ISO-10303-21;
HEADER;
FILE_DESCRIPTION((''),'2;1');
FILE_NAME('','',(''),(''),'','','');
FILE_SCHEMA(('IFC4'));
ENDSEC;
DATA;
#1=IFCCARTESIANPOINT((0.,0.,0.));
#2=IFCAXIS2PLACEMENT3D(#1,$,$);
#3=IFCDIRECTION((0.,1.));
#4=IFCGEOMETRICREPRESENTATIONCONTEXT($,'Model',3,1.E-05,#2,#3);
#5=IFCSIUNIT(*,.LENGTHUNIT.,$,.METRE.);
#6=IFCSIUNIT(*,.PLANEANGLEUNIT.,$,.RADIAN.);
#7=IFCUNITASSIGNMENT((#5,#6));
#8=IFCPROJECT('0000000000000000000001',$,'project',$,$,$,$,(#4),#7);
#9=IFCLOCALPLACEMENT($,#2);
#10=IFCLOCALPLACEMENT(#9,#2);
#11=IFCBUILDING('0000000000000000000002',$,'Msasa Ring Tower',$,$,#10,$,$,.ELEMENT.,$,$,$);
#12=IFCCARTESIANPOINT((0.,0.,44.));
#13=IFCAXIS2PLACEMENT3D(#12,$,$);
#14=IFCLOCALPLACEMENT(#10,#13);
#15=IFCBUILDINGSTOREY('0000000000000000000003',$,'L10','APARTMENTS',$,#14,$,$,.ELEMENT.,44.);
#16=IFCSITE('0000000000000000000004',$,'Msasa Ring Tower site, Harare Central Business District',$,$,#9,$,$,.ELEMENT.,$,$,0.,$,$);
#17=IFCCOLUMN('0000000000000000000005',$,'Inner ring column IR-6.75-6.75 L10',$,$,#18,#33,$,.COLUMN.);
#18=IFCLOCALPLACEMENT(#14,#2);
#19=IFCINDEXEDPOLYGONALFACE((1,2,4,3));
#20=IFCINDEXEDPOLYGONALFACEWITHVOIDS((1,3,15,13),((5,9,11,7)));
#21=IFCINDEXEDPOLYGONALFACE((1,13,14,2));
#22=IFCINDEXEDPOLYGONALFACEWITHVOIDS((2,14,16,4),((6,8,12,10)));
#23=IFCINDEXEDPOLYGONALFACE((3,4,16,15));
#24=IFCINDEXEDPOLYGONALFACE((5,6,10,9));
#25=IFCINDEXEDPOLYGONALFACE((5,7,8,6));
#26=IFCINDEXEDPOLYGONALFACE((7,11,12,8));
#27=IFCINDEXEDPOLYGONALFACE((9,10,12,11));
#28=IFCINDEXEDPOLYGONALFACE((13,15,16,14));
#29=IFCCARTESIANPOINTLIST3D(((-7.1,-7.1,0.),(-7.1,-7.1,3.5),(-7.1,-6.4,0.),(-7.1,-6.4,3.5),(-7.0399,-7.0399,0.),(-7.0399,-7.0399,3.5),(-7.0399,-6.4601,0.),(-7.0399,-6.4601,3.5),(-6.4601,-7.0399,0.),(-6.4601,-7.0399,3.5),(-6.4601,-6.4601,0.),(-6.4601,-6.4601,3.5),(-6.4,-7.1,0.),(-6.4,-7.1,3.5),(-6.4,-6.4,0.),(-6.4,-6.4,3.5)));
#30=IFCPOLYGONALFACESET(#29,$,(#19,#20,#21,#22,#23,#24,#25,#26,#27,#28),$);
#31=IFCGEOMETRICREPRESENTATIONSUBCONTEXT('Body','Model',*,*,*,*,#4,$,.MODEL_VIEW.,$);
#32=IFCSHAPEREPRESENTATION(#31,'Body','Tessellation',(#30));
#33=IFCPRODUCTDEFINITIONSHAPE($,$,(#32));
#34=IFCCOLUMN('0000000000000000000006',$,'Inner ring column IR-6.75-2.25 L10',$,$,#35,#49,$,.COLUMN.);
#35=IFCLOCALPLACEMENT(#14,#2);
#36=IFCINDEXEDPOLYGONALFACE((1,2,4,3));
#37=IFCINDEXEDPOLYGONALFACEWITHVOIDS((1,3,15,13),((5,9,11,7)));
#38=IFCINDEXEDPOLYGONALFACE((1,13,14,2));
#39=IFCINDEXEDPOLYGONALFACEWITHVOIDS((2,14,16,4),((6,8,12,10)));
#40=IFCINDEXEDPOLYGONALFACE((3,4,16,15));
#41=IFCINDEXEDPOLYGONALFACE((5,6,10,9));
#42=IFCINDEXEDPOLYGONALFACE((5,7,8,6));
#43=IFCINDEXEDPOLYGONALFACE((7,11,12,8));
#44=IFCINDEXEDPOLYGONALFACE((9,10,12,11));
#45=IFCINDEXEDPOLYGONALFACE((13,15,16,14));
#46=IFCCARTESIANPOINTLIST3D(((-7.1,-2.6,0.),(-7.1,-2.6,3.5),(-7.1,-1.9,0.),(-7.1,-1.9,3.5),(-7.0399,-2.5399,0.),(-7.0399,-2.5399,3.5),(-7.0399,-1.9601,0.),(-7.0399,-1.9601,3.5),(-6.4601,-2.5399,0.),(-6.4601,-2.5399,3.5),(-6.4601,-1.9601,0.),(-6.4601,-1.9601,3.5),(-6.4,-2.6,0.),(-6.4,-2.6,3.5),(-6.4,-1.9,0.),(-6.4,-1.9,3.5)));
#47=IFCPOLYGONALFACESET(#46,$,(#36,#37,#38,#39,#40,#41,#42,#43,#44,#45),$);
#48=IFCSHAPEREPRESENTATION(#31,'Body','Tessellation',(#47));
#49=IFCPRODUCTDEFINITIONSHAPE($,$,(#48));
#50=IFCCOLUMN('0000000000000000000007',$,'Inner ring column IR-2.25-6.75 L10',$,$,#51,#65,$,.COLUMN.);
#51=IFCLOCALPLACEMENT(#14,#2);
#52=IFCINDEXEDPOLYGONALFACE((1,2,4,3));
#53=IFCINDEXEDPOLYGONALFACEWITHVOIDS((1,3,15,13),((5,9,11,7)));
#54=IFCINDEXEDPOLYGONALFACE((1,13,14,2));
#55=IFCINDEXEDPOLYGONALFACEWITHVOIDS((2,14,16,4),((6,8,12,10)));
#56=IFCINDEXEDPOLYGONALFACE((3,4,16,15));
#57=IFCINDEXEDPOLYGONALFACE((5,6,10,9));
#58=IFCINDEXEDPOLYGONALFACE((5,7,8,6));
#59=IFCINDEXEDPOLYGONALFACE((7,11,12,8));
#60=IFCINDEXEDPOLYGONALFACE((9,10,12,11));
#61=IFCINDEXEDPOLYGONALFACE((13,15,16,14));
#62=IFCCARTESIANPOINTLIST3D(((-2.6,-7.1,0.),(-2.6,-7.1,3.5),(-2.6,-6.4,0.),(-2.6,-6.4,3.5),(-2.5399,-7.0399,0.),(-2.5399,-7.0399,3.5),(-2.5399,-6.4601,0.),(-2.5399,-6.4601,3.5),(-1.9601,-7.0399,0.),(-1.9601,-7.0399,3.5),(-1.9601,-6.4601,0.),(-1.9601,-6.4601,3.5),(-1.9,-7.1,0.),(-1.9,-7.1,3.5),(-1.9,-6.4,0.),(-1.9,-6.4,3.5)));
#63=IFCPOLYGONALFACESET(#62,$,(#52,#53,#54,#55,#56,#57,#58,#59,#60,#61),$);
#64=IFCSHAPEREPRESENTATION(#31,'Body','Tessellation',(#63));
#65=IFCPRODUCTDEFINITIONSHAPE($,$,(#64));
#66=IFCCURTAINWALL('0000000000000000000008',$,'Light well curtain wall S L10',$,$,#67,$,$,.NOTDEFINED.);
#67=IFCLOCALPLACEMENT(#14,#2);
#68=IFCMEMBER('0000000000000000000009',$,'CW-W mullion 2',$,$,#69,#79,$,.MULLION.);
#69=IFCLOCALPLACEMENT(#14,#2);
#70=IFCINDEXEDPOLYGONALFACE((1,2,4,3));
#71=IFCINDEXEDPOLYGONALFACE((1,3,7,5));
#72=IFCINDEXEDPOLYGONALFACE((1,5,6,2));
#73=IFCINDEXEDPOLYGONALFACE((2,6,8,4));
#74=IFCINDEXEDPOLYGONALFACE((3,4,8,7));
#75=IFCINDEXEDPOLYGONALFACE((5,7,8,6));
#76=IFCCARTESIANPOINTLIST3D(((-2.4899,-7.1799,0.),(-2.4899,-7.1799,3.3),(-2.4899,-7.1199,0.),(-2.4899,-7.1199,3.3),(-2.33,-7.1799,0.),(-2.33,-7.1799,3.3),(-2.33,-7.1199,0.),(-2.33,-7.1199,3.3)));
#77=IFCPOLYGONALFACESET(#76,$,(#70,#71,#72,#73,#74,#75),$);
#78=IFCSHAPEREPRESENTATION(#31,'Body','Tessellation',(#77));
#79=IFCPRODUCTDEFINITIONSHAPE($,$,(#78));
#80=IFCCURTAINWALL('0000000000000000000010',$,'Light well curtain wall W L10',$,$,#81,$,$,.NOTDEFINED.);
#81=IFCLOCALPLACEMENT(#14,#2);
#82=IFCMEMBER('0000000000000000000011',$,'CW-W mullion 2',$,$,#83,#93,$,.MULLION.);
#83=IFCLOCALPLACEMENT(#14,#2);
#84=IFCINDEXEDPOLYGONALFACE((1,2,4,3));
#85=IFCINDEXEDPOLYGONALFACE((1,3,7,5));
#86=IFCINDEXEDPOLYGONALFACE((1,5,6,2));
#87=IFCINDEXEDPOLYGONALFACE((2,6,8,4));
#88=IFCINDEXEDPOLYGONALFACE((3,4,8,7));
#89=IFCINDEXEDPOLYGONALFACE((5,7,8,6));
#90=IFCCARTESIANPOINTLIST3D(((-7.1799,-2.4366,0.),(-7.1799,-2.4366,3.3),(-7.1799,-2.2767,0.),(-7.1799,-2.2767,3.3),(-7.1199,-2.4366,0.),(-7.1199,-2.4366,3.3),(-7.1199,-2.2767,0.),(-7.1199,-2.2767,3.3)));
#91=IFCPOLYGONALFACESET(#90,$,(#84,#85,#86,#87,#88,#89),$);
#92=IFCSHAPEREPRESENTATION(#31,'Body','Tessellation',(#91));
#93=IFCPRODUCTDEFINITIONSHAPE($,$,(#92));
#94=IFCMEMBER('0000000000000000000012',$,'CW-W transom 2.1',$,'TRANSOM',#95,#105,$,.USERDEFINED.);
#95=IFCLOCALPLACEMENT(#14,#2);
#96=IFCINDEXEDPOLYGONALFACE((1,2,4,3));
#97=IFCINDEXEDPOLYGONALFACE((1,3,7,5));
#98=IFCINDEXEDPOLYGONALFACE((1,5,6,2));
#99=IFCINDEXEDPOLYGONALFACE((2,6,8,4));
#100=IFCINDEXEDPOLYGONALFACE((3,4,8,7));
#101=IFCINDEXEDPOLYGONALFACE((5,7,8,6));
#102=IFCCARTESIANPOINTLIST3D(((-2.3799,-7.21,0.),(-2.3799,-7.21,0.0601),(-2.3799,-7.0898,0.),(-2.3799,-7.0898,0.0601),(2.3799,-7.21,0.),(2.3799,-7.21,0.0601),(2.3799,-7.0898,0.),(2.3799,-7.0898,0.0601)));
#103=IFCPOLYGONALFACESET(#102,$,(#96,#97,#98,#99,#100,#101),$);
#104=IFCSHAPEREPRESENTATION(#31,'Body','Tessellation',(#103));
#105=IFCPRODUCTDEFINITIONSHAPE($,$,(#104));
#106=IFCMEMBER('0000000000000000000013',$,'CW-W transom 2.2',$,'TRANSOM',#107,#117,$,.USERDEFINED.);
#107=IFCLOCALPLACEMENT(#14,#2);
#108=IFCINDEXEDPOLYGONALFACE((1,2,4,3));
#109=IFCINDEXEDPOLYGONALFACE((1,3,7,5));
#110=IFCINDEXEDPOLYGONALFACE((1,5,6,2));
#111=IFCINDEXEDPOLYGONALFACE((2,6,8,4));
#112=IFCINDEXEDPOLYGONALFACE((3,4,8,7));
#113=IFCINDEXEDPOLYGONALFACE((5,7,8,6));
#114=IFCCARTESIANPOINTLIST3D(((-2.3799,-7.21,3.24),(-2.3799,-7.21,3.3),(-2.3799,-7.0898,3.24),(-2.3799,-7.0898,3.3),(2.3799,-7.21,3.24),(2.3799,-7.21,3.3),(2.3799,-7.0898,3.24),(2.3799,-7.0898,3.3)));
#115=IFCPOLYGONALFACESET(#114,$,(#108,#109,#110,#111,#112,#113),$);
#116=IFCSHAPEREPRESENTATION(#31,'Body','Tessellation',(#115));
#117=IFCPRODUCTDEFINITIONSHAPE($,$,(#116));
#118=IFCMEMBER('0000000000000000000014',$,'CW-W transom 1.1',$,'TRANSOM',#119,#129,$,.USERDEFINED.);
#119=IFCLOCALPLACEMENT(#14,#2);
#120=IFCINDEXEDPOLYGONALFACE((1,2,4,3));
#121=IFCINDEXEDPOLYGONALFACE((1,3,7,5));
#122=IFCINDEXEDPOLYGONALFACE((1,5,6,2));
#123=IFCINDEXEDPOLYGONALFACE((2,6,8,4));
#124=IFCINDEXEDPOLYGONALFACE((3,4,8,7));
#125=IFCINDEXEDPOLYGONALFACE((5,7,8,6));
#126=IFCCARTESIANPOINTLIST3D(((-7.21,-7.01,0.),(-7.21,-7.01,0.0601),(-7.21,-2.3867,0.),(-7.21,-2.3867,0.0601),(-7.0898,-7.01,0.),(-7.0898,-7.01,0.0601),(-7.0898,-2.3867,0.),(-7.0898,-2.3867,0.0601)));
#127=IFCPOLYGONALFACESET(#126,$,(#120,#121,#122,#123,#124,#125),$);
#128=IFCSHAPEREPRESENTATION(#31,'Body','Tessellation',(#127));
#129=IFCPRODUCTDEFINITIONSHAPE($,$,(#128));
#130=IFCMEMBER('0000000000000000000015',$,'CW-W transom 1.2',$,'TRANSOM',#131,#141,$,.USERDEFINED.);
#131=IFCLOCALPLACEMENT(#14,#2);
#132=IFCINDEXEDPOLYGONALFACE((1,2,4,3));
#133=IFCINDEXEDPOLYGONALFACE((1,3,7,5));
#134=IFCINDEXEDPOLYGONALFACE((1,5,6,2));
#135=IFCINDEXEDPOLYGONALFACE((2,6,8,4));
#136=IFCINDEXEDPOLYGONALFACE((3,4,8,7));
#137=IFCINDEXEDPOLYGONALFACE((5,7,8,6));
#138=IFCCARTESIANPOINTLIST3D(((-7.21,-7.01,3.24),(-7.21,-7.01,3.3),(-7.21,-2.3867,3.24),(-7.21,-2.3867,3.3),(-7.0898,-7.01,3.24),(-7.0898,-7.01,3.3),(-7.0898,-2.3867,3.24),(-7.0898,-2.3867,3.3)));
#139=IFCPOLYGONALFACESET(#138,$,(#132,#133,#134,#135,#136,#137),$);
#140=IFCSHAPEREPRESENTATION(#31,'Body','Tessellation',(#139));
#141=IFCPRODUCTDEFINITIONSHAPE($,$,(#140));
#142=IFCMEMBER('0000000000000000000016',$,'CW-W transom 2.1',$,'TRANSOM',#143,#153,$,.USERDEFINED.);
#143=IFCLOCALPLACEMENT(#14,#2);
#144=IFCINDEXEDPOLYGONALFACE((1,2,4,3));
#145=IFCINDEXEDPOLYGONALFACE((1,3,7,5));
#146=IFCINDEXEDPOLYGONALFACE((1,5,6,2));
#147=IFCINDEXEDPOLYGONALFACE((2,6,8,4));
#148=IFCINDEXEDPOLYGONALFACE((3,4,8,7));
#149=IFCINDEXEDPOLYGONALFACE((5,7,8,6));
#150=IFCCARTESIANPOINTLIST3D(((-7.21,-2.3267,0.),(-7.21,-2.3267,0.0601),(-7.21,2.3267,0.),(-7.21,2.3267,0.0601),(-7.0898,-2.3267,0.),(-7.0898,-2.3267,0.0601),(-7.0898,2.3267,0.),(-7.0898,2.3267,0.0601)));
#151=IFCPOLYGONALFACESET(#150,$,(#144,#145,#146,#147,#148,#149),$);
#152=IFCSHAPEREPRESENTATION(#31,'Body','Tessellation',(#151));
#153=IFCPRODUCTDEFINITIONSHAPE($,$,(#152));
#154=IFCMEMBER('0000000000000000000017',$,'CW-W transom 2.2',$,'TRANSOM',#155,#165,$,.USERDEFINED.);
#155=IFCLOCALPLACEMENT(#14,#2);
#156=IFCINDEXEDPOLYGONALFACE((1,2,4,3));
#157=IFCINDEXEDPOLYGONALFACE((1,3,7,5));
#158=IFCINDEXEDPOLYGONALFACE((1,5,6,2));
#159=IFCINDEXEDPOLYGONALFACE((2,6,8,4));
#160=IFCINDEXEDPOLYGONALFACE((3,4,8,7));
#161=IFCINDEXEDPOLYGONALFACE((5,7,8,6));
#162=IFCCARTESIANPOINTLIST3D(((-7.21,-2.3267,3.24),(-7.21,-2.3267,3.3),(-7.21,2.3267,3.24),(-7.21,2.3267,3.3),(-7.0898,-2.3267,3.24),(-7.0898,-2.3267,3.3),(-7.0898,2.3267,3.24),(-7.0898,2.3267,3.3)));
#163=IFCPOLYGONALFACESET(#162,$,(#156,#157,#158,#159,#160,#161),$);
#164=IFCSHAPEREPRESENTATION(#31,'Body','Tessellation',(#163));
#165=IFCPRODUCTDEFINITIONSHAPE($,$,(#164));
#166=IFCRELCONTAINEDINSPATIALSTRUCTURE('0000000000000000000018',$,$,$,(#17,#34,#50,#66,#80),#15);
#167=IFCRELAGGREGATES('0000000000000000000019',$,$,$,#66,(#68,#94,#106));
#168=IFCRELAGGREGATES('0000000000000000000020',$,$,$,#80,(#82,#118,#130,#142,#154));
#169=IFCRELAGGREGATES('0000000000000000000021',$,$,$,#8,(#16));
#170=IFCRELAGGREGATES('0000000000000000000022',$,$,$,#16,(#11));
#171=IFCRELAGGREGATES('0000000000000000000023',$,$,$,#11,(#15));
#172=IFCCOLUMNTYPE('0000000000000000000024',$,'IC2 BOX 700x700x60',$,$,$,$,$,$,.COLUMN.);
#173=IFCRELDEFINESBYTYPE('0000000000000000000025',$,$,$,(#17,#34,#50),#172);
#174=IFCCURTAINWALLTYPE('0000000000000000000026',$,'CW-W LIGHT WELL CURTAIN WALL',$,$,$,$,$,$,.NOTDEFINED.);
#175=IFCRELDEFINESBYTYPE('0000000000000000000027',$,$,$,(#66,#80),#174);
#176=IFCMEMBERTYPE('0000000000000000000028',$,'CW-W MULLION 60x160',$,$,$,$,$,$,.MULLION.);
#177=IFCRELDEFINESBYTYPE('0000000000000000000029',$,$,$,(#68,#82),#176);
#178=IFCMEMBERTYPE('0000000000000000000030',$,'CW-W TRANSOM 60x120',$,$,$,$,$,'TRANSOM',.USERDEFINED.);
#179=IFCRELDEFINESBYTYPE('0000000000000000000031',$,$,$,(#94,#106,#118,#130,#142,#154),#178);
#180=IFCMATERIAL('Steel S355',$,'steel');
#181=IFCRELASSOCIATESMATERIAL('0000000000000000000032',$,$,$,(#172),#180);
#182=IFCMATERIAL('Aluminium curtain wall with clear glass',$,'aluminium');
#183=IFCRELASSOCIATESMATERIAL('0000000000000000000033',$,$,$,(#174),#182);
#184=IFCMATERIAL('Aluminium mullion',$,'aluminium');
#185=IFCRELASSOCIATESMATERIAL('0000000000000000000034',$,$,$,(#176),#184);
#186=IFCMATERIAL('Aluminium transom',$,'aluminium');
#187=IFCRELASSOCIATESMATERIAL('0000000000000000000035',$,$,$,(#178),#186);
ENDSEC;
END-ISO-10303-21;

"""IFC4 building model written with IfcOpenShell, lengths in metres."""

from ifc_helpers import new_model, si_unit, direction, frame, origin, origin_2d, place, context, subcontext, project, spatial, rectangle, hollow_rectangle, extrude, material, material_profile, profile_set, type_object, element, aggregate, save


model = new_model("IFC4")

# Units and contexts
model_context = context("Model", 3, precision=1e-05, world=origin(), true_north=direction((0.0, 1.0)))
body_context = subcontext(model_context, "Body", "Model", "MODEL_VIEW")
ifc_project = project(units=[si_unit("LENGTHUNIT", "METRE"), si_unit("PLANEANGLEUNIT", "RADIAN")], contexts=[model_context])

# Site, building, storey
site_placement = place(None, origin())
site = spatial("IfcSite", under=ifc_project, at=site_placement, Name="Msasa Ring Tower site, Harare Central Business District", CompositionType="ELEMENT", RefElevation=0.0)
building_placement = place(site_placement, origin())
building = spatial("IfcBuilding", under=site, at=building_placement, Name="Msasa Ring Tower", CompositionType="ELEMENT")
storey_placement = place(building_placement, frame((0.0, 0.0, 44.0)))
storey = spatial("IfcBuildingStorey", under=building, at=storey_placement, Name="L10", Description="APARTMENTS", CompositionType="ELEMENT", Elevation=44.0)

# Columns
ifc_material_1 = material(Name="Steel S355", Category="steel")
ifc_material_profile_1 = material_profile(ifc_material_1, hollow_rectangle(XDim=0.7, YDim=0.7, WallThickness=0.0601, at=origin_2d()), Name="BOX 700x700x60")
ifc_profile_set_1 = profile_set([ifc_material_profile_1], Name="Steel S355")
column_type = type_object("IfcColumnType", Name="IC2 BOX 700x700x60", PredefinedType="COLUMN", material=ifc_profile_set_1)
for number, where, z_axis, x_axis, name in (
    (1, (-6.75, -6.75, 0.0), (0.0, 0.0, 1.0), (1.0, 0.0, 0.0), "Inner ring column IR-6.75-6.75 L10"),
    (2, (-6.75, -2.25, 0.0), (0.0, 0.0, 1.0), (1.0, 0.0, 0.0), "Inner ring column IR-6.75-2.25 L10"),
    (3, (-2.25, -6.75, 0.0), (0.0, 0.0, 1.0), (1.0, 0.0, 0.0), "Inner ring column IR-2.25-6.75 L10"),
):
    element("IfcColumn", number, at=place(storey_placement, frame(where, z_axis=z_axis, x_axis=x_axis)), inside=storey, type_object=column_type, Name=name, PredefinedType="COLUMN", context=body_context, shape_type="SweptSolid", body=[
        extrude(hollow_rectangle(XDim=0.7, YDim=0.7, WallThickness=0.0601, at=origin_2d()), origin(), (0.0, 0.0, 1.0), 3.5),
    ])

# Curtain walls, members
ifc_material_2 = material(Name="Aluminium curtain wall with clear glass", Category="aluminium")
curtain_wall_type = type_object("IfcCurtainWallType", Name="CW-W LIGHT WELL CURTAIN WALL", PredefinedType="NOTDEFINED", material=ifc_material_2)
curtain_wall_1_placement = place(storey_placement, origin())
curtain_wall_1 = element("IfcCurtainWall", 4, at=curtain_wall_1_placement, inside=storey, type_object=curtain_wall_type, Name="Light well curtain wall S L10", PredefinedType="NOTDEFINED")
ifc_material_3 = material(Name="Aluminium mullion", Category="aluminium")
ifc_material_profile_2 = material_profile(ifc_material_3, rectangle(XDim=0.0601, YDim=0.1599, at=origin_2d()), Name="AL 60x160")
ifc_profile_set_2 = profile_set([ifc_material_profile_2], Name="Aluminium mullion")
member_type_1 = type_object("IfcMemberType", Name="CW-W MULLION 60x160", PredefinedType="MULLION", material=ifc_profile_set_2)
member_1_placement = place(storey_placement, frame((-2.4099, -7.1499, 0.0), z_axis=(0.0, 0.0, 1.0), x_axis=(0.0, 1.0, 0.0)))
member_1 = element("IfcMember", 5, at=member_1_placement, type_object=member_type_1, Name="CW-W mullion 2", PredefinedType="MULLION", context=body_context, shape_type="SweptSolid", body=[
    extrude(rectangle(XDim=0.0601, YDim=0.1599, at=origin_2d()), origin(), (0.0, 0.0, 1.0), 3.3),
])
curtain_wall_2_placement = place(storey_placement, origin())
curtain_wall_2 = element("IfcCurtainWall", 6, at=curtain_wall_2_placement, inside=storey, type_object=curtain_wall_type, Name="Light well curtain wall W L10", PredefinedType="NOTDEFINED")
member_2_placement = place(storey_placement, frame((-7.1499, -2.3567, 0.0), z_axis=(0.0, 0.0, 1.0), x_axis=(-1.0, 0.0, 0.0)))
member_2 = element("IfcMember", 7, at=member_2_placement, type_object=member_type_1, Name="CW-W mullion 2", PredefinedType="MULLION", context=body_context, shape_type="SweptSolid", body=[
    extrude(rectangle(XDim=0.0601, YDim=0.1599, at=origin_2d()), origin(), (0.0, 0.0, 1.0), 3.3),
])

# Members
ifc_material_4 = material(Name="Aluminium transom", Category="aluminium")
ifc_material_profile_3 = material_profile(ifc_material_4, rectangle(XDim=0.1201, YDim=0.0601, at=origin_2d()), Name="AL 60x120")
ifc_profile_set_3 = profile_set([ifc_material_profile_3], Name="Aluminium transom")
member_type_2 = type_object("IfcMemberType", Name="CW-W TRANSOM 60x120", ElementType="TRANSOM", PredefinedType="USERDEFINED", material=ifc_profile_set_3)
member_3_placement = place(storey_placement, frame((-2.3799, -7.1499, 0.03), z_axis=(1.0, 0.0, 0.0), x_axis=(0.0, 1.0, 0.0)))
member_3 = element("IfcMember", 8, at=member_3_placement, type_object=member_type_2, Name="CW-W transom 2.1", ObjectType="TRANSOM", PredefinedType="USERDEFINED", context=body_context, shape_type="SweptSolid", body=[
    extrude(rectangle(XDim=0.1201, YDim=0.0601, at=origin_2d()), origin(), (0.0, 0.0, 1.0), 4.7598),
])
member_4_placement = place(storey_placement, frame((-2.3799, -7.1499, 3.27), z_axis=(1.0, 0.0, 0.0), x_axis=(0.0, 1.0, 0.0)))
member_4 = element("IfcMember", 9, at=member_4_placement, type_object=member_type_2, Name="CW-W transom 2.2", ObjectType="TRANSOM", PredefinedType="USERDEFINED", context=body_context, shape_type="SweptSolid", body=[
    extrude(rectangle(XDim=0.1201, YDim=0.0601, at=origin_2d()), origin(), (0.0, 0.0, 1.0), 4.7598),
])
member_5_placement = place(storey_placement, frame((-7.1499, -7.01, 0.03), z_axis=(0.0, 1.0, 0.0), x_axis=(-1.0, 0.0, 0.0)))
member_5 = element("IfcMember", 10, at=member_5_placement, type_object=member_type_2, Name="CW-W transom 1.1", ObjectType="TRANSOM", PredefinedType="USERDEFINED", context=body_context, shape_type="SweptSolid", body=[
    extrude(rectangle(XDim=0.1201, YDim=0.0601, at=origin_2d()), origin(), (0.0, 0.0, 1.0), 4.6233),
])
member_6_placement = place(storey_placement, frame((-7.1499, -7.01, 3.27), z_axis=(0.0, 1.0, 0.0), x_axis=(-1.0, 0.0, 0.0)))
member_6 = element("IfcMember", 11, at=member_6_placement, type_object=member_type_2, Name="CW-W transom 1.2", ObjectType="TRANSOM", PredefinedType="USERDEFINED", context=body_context, shape_type="SweptSolid", body=[
    extrude(rectangle(XDim=0.1201, YDim=0.0601, at=origin_2d()), origin(), (0.0, 0.0, 1.0), 4.6233),
])
member_7_placement = place(storey_placement, frame((-7.1499, -2.3267, 0.03), z_axis=(0.0, 1.0, 0.0), x_axis=(-1.0, 0.0, 0.0)))
member_7 = element("IfcMember", 12, at=member_7_placement, type_object=member_type_2, Name="CW-W transom 2.1", ObjectType="TRANSOM", PredefinedType="USERDEFINED", context=body_context, shape_type="SweptSolid", body=[
    extrude(rectangle(XDim=0.1201, YDim=0.0601, at=origin_2d()), origin(), (0.0, 0.0, 1.0), 4.6533),
])
member_8_placement = place(storey_placement, frame((-7.1499, -2.3267, 3.27), z_axis=(0.0, 1.0, 0.0), x_axis=(-1.0, 0.0, 0.0)))
member_8 = element("IfcMember", 13, at=member_8_placement, type_object=member_type_2, Name="CW-W transom 2.2", ObjectType="TRANSOM", PredefinedType="USERDEFINED", context=body_context, shape_type="SweptSolid", body=[
    extrude(rectangle(XDim=0.1201, YDim=0.0601, at=origin_2d()), origin(), (0.0, 0.0, 1.0), 4.6533),
])

aggregate(curtain_wall_1, [member_1, member_3, member_4])
aggregate(curtain_wall_2, [member_2, member_5, member_6, member_7, member_8])

save(model, "model.ifc")
